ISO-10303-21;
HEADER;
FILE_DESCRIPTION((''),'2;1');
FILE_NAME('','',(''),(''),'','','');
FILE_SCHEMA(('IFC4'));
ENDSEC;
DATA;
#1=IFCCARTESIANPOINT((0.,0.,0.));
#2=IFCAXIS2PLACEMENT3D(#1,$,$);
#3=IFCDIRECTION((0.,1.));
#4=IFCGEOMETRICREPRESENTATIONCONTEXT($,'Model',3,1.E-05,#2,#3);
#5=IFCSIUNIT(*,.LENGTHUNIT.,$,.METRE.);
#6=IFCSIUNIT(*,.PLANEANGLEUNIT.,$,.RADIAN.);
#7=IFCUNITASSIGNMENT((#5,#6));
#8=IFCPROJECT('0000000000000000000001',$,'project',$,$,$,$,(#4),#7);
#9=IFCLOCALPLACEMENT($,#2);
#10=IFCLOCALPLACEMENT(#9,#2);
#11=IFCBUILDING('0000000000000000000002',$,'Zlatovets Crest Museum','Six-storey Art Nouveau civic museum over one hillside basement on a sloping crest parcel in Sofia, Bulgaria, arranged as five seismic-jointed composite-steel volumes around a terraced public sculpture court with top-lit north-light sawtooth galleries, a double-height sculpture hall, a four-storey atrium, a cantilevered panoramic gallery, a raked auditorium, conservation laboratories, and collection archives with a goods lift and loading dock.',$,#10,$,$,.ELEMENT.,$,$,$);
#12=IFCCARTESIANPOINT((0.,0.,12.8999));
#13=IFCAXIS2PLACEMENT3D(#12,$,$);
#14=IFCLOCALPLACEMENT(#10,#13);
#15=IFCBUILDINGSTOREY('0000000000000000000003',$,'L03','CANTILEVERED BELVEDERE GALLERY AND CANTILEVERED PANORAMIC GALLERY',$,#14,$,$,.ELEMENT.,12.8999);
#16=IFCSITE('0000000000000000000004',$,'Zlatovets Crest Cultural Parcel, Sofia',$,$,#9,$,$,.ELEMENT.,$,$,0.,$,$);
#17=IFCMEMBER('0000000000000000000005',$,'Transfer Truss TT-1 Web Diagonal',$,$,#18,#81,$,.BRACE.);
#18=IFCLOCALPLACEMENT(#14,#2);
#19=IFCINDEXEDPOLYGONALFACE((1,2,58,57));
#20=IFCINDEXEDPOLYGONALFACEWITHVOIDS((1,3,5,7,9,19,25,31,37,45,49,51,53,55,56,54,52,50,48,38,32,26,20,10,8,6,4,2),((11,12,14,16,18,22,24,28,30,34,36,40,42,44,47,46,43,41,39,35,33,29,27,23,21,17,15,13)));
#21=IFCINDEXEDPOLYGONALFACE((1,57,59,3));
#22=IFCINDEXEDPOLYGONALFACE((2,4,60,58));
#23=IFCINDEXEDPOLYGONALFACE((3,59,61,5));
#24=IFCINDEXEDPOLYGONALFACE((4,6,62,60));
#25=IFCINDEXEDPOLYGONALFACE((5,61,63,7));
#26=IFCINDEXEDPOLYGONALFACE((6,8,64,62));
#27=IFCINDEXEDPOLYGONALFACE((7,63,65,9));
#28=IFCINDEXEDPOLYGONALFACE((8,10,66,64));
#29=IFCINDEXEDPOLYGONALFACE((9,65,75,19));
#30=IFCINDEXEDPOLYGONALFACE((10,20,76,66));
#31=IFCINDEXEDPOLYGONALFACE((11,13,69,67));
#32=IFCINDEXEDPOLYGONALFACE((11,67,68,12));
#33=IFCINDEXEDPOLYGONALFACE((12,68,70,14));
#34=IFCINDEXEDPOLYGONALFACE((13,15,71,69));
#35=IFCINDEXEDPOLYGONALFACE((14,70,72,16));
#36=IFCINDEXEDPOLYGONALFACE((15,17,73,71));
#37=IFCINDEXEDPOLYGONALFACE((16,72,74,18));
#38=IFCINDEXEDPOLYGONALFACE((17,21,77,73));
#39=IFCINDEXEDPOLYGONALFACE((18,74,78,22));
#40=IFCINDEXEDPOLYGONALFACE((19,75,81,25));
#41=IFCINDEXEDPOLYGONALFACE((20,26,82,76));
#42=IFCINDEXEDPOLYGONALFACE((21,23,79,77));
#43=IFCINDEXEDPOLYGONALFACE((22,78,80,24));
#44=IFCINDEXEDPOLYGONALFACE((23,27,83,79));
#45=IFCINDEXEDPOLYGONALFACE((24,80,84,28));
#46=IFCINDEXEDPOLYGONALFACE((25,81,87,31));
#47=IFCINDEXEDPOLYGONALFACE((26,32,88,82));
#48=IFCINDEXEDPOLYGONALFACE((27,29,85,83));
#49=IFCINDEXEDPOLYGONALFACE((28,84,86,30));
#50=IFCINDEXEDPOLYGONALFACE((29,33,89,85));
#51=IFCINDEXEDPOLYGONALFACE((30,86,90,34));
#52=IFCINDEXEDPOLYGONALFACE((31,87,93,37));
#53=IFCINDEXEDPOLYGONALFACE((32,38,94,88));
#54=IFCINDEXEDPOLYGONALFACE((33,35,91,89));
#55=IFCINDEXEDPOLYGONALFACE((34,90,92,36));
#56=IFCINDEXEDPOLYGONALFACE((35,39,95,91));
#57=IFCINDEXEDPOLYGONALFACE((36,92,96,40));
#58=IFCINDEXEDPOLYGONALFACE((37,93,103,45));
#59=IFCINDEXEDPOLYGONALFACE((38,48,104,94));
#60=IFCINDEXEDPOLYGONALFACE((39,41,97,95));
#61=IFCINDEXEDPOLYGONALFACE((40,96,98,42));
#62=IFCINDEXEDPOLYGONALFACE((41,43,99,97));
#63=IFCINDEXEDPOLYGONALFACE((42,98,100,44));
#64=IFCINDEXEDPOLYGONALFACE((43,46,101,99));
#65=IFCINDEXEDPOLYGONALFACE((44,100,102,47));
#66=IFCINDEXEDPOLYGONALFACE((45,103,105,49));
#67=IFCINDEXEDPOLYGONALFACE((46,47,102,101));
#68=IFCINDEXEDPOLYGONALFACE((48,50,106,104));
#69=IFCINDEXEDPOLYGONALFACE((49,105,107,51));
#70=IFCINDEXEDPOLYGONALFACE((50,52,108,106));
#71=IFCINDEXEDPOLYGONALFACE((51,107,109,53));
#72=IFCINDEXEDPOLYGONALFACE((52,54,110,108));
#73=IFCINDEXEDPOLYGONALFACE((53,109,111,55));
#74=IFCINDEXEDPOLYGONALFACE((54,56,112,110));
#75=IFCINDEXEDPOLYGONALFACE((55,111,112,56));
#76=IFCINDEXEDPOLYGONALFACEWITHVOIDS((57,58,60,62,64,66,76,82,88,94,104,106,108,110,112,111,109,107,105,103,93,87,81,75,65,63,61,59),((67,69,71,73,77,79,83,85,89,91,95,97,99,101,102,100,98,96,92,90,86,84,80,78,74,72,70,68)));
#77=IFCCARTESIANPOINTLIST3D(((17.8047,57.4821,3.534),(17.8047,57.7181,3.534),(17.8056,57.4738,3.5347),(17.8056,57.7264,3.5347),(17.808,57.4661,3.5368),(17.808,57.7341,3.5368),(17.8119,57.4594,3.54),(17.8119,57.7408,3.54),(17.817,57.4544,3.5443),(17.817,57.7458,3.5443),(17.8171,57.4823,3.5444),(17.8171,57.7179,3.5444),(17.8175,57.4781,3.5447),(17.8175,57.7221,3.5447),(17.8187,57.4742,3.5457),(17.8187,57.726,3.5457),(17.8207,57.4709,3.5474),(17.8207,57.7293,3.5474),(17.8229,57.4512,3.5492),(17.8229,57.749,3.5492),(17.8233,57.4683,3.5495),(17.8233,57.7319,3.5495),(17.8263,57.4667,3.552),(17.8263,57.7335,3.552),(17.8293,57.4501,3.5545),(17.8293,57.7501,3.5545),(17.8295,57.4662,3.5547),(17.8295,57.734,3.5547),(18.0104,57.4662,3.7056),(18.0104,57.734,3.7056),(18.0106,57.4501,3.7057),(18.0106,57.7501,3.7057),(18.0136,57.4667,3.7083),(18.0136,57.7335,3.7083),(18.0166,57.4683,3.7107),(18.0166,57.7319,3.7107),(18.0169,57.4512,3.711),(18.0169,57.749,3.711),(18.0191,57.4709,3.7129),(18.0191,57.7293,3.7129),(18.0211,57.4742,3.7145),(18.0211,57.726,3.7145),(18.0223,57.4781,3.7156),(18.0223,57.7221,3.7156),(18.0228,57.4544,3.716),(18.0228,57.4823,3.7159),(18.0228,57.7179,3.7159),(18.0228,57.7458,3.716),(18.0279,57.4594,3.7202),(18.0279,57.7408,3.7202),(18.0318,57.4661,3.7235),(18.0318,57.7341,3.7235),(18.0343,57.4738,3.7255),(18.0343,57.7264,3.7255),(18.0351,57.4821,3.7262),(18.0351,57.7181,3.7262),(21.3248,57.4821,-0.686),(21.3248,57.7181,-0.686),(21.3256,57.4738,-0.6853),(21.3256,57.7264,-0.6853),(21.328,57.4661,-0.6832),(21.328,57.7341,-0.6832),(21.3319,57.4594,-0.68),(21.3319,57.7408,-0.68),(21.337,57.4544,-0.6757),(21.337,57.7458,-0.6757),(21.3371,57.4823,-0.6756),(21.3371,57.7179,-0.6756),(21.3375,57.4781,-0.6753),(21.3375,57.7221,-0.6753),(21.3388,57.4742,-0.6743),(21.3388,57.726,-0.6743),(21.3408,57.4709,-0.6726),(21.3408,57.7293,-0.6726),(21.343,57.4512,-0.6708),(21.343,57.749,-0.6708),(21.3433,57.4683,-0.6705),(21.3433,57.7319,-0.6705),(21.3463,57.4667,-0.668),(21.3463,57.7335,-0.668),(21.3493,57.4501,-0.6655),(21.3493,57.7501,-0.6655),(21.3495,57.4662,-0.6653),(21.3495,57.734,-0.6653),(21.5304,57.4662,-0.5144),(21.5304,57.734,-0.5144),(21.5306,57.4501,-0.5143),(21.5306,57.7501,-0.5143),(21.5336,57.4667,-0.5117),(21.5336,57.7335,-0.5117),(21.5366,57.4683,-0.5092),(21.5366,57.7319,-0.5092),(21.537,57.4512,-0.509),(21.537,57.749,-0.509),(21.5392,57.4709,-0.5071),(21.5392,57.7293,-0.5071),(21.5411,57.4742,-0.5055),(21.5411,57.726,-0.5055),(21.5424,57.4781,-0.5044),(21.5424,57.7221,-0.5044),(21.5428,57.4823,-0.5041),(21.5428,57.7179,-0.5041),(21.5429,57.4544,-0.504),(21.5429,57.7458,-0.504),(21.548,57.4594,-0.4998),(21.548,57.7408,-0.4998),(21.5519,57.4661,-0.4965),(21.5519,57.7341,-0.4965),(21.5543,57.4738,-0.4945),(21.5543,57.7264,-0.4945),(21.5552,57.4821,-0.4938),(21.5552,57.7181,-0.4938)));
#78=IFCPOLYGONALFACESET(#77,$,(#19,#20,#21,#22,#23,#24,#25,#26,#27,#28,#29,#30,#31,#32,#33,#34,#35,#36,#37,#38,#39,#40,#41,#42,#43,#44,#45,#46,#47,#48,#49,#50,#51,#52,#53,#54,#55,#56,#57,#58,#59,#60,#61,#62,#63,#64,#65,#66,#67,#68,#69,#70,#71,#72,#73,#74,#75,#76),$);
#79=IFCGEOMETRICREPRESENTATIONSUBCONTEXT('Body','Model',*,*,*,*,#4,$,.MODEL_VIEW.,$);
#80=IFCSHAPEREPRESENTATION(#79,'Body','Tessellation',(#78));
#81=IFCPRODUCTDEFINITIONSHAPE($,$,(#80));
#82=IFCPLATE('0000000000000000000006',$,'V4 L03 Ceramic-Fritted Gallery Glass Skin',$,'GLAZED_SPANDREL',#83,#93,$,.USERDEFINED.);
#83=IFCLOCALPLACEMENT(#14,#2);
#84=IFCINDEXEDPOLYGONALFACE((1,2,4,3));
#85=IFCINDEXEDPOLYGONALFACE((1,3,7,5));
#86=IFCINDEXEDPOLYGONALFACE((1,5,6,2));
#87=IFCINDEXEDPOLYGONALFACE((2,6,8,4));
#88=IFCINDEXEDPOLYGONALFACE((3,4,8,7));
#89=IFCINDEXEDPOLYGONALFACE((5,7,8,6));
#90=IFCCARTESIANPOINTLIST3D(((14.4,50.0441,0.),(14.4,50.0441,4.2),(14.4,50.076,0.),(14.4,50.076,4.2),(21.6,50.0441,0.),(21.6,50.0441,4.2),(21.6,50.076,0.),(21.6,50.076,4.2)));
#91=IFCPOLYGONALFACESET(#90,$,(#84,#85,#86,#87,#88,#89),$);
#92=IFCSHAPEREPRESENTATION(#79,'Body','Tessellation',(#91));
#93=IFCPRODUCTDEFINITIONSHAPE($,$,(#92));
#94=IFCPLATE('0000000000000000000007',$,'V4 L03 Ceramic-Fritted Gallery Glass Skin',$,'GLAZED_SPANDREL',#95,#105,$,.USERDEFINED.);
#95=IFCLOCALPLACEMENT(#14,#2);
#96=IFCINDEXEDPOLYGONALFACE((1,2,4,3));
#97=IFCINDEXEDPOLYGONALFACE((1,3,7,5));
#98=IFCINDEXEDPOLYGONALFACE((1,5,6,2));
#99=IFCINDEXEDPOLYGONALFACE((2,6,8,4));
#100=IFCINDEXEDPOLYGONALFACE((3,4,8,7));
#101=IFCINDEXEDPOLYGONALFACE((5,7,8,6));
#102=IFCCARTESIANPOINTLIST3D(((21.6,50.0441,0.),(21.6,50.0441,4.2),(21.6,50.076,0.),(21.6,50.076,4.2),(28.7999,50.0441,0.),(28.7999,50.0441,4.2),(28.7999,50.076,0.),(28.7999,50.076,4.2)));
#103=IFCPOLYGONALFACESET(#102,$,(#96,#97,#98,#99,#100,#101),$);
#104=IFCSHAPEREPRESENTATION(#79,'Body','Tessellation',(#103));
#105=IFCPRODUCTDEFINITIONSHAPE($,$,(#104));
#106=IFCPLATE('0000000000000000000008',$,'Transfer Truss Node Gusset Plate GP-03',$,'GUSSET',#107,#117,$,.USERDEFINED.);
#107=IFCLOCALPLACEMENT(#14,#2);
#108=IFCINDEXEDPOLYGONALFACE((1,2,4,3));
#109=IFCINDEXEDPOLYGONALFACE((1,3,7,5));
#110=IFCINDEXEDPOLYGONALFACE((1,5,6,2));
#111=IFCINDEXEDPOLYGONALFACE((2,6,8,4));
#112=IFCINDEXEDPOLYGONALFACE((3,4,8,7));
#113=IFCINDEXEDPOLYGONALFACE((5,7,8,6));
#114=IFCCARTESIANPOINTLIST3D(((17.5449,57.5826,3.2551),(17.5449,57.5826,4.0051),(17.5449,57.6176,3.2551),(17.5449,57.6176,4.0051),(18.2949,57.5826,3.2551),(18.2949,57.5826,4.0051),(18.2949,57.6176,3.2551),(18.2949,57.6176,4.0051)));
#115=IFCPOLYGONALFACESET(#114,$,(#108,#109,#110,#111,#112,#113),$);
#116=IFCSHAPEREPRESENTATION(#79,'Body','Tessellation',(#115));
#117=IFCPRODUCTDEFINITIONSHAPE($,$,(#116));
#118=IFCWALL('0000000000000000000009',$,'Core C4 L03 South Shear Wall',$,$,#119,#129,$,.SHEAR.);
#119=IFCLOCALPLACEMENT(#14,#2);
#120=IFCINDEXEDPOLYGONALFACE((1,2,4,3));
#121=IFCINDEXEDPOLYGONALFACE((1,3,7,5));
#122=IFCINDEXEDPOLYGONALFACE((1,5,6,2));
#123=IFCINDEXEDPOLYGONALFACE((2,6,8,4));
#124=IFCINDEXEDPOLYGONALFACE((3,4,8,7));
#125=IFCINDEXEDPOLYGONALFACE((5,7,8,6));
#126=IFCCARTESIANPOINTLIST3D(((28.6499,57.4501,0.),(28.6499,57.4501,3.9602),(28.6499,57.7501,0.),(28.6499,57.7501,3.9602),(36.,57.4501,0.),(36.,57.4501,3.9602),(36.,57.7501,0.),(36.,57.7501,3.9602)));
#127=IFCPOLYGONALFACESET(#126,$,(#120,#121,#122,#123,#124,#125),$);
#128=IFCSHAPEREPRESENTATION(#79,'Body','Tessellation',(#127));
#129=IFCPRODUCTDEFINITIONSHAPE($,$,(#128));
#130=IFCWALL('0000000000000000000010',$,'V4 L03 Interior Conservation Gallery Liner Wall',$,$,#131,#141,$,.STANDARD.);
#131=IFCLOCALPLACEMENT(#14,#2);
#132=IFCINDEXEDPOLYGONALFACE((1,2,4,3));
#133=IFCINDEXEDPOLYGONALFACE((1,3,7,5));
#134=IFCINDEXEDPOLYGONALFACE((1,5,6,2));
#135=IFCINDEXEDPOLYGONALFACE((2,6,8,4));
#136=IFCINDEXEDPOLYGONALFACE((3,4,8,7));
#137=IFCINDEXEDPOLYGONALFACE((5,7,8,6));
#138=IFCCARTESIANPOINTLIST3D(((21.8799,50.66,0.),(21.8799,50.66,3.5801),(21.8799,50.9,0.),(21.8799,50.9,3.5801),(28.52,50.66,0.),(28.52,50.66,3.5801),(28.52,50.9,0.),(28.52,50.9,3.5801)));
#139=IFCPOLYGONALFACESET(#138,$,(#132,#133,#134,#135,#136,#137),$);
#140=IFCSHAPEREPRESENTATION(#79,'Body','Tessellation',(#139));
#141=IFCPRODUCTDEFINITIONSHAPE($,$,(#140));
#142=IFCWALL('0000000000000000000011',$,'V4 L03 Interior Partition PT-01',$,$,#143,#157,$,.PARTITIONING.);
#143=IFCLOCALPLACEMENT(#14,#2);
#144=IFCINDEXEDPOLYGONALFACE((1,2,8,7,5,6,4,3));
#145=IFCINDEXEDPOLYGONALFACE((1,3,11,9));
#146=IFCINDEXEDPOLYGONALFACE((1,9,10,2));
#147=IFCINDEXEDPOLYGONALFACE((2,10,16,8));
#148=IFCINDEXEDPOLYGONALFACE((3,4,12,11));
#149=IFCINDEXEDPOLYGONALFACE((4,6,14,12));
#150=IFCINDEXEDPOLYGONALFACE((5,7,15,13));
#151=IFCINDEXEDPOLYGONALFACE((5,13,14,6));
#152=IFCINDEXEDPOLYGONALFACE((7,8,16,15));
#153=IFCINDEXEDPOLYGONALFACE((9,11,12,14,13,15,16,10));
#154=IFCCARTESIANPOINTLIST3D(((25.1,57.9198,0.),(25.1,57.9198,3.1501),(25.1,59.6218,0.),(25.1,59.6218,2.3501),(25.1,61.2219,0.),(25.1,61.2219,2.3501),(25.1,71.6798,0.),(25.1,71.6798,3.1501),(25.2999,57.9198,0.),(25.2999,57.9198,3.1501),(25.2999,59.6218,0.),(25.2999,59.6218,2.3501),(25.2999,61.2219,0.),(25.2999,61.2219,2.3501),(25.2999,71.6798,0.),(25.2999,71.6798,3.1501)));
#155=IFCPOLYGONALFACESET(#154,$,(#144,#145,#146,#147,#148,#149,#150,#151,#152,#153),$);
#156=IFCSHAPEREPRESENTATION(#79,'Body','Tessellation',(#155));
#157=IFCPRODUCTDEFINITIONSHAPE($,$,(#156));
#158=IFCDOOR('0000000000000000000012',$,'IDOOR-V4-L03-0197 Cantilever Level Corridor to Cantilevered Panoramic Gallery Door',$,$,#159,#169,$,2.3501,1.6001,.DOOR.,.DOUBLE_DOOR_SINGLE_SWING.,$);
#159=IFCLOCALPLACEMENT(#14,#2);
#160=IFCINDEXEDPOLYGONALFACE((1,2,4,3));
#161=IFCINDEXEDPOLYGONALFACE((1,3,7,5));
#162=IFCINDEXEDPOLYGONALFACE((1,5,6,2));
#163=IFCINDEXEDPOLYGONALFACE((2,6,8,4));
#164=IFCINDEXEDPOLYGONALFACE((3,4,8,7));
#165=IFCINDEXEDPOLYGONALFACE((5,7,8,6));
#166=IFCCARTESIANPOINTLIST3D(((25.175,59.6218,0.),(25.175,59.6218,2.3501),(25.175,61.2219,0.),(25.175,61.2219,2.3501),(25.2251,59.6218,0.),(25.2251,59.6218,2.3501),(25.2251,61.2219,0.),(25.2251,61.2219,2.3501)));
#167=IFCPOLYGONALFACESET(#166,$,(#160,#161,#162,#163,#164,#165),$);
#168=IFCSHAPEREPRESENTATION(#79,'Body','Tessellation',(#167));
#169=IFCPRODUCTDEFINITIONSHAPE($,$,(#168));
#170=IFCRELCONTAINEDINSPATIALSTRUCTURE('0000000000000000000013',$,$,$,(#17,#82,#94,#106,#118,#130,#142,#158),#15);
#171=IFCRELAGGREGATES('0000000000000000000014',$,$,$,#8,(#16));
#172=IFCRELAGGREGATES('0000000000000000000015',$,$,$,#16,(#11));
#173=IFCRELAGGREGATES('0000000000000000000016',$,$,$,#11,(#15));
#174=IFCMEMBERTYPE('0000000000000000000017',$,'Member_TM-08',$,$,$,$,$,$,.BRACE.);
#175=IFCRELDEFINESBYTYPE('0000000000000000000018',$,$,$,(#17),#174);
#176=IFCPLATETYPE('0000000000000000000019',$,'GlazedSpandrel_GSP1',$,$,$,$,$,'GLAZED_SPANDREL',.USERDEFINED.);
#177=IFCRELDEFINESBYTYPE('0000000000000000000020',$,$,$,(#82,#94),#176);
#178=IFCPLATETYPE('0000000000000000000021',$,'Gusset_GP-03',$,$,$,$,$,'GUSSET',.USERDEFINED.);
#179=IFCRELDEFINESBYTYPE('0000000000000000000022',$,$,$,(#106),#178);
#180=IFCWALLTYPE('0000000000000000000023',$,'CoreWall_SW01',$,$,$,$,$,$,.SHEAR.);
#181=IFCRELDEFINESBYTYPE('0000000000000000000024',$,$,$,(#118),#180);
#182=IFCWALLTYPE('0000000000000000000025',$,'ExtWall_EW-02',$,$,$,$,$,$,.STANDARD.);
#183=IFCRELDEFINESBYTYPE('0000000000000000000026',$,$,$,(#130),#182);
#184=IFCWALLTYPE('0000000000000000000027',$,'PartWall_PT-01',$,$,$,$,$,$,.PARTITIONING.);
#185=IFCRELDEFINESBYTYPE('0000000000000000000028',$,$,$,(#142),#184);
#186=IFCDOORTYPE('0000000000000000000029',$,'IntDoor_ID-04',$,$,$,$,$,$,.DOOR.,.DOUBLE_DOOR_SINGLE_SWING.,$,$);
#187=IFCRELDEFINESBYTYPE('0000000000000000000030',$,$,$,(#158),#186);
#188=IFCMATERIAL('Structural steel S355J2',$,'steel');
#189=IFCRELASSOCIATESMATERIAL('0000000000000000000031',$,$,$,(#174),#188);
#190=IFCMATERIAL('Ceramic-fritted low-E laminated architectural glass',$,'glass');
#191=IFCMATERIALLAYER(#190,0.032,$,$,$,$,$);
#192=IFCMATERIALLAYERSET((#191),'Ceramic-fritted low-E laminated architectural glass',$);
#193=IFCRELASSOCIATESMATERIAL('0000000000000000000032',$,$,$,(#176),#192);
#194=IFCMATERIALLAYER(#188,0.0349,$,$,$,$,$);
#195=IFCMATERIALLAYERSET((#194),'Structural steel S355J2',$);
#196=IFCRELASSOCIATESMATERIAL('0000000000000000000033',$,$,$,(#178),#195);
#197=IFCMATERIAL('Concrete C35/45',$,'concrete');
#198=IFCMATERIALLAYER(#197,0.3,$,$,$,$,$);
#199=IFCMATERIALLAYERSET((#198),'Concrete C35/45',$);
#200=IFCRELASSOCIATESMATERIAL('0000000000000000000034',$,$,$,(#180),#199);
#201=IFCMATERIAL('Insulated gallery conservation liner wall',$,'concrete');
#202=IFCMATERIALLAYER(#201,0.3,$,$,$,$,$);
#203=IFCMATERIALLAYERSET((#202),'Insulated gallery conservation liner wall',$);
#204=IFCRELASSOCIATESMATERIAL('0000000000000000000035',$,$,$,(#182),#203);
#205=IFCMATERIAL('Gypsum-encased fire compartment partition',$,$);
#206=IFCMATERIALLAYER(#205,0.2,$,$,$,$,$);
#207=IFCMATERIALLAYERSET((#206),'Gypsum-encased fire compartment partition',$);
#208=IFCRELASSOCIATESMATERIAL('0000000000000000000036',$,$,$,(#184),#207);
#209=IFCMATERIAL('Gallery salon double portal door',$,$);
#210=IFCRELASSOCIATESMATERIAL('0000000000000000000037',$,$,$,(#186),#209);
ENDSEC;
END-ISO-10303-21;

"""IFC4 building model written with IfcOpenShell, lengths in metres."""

from ifc_helpers import new_model, si_unit, direction, frame, frame_2d, origin, origin_2d, place, context, subcontext, project, spatial, rectangle, hollow_rectangle, extrude, material, layer, layer_set, material_profile, profile_set, type_object, element, fill, save


model = new_model("IFC4")

# Units and contexts
model_context = context("Model", 3, precision=1e-05, world=origin(), true_north=direction((0.0, 1.0)))
body_context = subcontext(model_context, "Body", "Model", "MODEL_VIEW")
ifc_project = project(units=[si_unit("LENGTHUNIT", "METRE"), si_unit("PLANEANGLEUNIT", "RADIAN")], contexts=[model_context])

# Site, building, storey
site_placement = place(None, origin())
site = spatial("IfcSite", under=ifc_project, at=site_placement, Name="Zlatovets Crest Cultural Parcel, Sofia", CompositionType="ELEMENT", RefElevation=0.0)
building_placement = place(site_placement, origin())
building = spatial("IfcBuilding", under=site, at=building_placement, Name="Zlatovets Crest Museum", Description="Six-storey Art Nouveau civic museum over one hillside basement on a sloping crest parcel in Sofia, Bulgaria, arranged as five seismic-jointed composite-steel volumes around a terraced public sculpture court with top-lit north-light sawtooth galleries, a double-height sculpture hall, a four-storey atrium, a cantilevered panoramic gallery, a raked auditorium, conservation laboratories, and collection archives with a goods lift and loading dock.", CompositionType="ELEMENT")
storey_placement = place(building_placement, frame((0.0, 0.0, 12.8999)))
storey = spatial("IfcBuildingStorey", under=building, at=storey_placement, Name="L03", Description="CANTILEVERED BELVEDERE GALLERY AND CANTILEVERED PANORAMIC GALLERY", CompositionType="ELEMENT", Elevation=12.8999)

# Shared definitions
ifc_material_1 = material(Name="Structural steel S355J2", Category="steel")

# Member
ifc_material_profile_1 = material_profile(ifc_material_1, hollow_rectangle(XDim=0.3, YDim=0.3, WallThickness=0.0161, InnerFilletRadius=0.0161, OuterFilletRadius=0.032, at=origin_2d()), Name="SHS 300x300x16.0")
ifc_profile_set_1 = profile_set([ifc_material_profile_1], Name="Structural steel S355J2")
member_type = type_object("IfcMemberType", Name="Member_TM-08", PredefinedType="BRACE", material=ifc_profile_set_1)
member_placement = place(storey_placement, frame((17.9199, 57.6001, 3.6301), z_axis=(0.640547, 0.0, -0.767919), x_axis=(0.0, 1.0, 0.0)))
element("IfcMember", 1, at=member_placement, inside=storey, type_object=member_type, Name="Transfer Truss TT-1 Web Diagonal", PredefinedType="BRACE", context=body_context, shape_type="SweptSolid", body=[
    extrude(hollow_rectangle(XDim=0.3, YDim=0.3, WallThickness=0.0161, InnerFilletRadius=0.0161, OuterFilletRadius=0.032, at=origin_2d()), origin(), (0.0, 0.0, 1.0), 5.4954),
])

# Plates
ifc_material_2 = material(Name="Ceramic-fritted low-E laminated architectural glass", Category="glass")
ifc_layer_1 = layer(ifc_material_2, 0.032)
ifc_layer_set_1 = layer_set([ifc_layer_1], Name="Ceramic-fritted low-E laminated architectural glass")
plate_type_1 = type_object("IfcPlateType", Name="GlazedSpandrel_GSP1", ElementType="GLAZED_SPANDREL", PredefinedType="USERDEFINED", material=ifc_layer_set_1)
for number, where, z_axis, x_axis, name in (
    (2, (18.0, 50.0601, 0.0), (0.0, 0.0, 1.0), (1.0, 0.0, 0.0), "V4 L03 Ceramic-Fritted Gallery Glass Skin"),
    (3, (25.2, 50.0601, 0.0), (0.0, 0.0, 1.0), (1.0, 0.0, 0.0), "V4 L03 Ceramic-Fritted Gallery Glass Skin"),
):
    element("IfcPlate", number, at=place(storey_placement, frame(where, z_axis=z_axis, x_axis=x_axis)), inside=storey, type_object=plate_type_1, Name=name, ObjectType="GLAZED_SPANDREL", PredefinedType="USERDEFINED", context=body_context, shape_type="SweptSolid", body=[
        extrude(rectangle(XDim=7.2, YDim=0.032, at=origin_2d()), origin(), (0.0, 0.0, 1.0), 4.2),
    ])
ifc_layer_2 = layer(ifc_material_1, 0.0349)
ifc_layer_set_2 = layer_set([ifc_layer_2], Name="Structural steel S355J2")
plate_type_2 = type_object("IfcPlateType", Name="Gusset_GP-03", ElementType="GUSSET", PredefinedType="USERDEFINED", material=ifc_layer_set_2)
plate_placement = place(storey_placement, frame((17.9199, 57.6001, 3.2551), z_axis=(0.0, 0.0, 1.0), x_axis=(1.0, 0.0, 0.0)))
element("IfcPlate", 4, at=plate_placement, inside=storey, type_object=plate_type_2, Name="Transfer Truss Node Gusset Plate GP-03", ObjectType="GUSSET", PredefinedType="USERDEFINED", context=body_context, shape_type="SweptSolid", body=[
    extrude(rectangle(XDim=0.75, YDim=0.0349, at=origin_2d()), origin(), (0.0, 0.0, 1.0), 0.75),
])

# Walls
ifc_material_3 = material(Name="Concrete C35/45", Category="concrete")
ifc_layer_3 = layer(ifc_material_3, 0.3)
ifc_layer_set_3 = layer_set([ifc_layer_3], Name="Concrete C35/45")
wall_type_1 = type_object("IfcWallType", Name="CoreWall_SW01", PredefinedType="SHEAR", material=ifc_layer_set_3)
wall_1_placement = place(storey_placement, frame((28.6499, 57.6001, 0.0), z_axis=(0.0, 0.0, 1.0), x_axis=(1.0, 0.0, 0.0)))
element("IfcWall", 5, at=wall_1_placement, inside=storey, type_object=wall_type_1, Name="Core C4 L03 South Shear Wall", PredefinedType="SHEAR", context=body_context, shape_type="SweptSolid", body=[
    extrude(rectangle(XDim=7.3501, YDim=0.3, at=frame_2d((3.675, 0.0))), origin(), (0.0, 0.0, 1.0), 3.9602),
])
ifc_material_4 = material(Name="Insulated gallery conservation liner wall", Category="concrete")
ifc_layer_4 = layer(ifc_material_4, 0.3)
ifc_layer_set_4 = layer_set([ifc_layer_4], Name="Insulated gallery conservation liner wall")
wall_type_2 = type_object("IfcWallType", Name="ExtWall_EW-02", PredefinedType="STANDARD", material=ifc_layer_set_4)
wall_2_placement = place(storey_placement, frame((21.8799, 50.78, 0.0), z_axis=(0.0, 0.0, 1.0), x_axis=(1.0, 0.0, 0.0)))
element("IfcWall", 6, at=wall_2_placement, inside=storey, type_object=wall_type_2, Name="V4 L03 Interior Conservation Gallery Liner Wall", PredefinedType="STANDARD", context=body_context, shape_type="SweptSolid", body=[
    extrude(rectangle(XDim=6.6401, YDim=0.24, at=frame_2d((3.3201, 0.0))), origin(), (0.0, 0.0, 1.0), 3.5801),
])

# Wall, opening, door
ifc_material_5 = material(Name="Gypsum-encased fire compartment partition")
ifc_layer_5 = layer(ifc_material_5, 0.2)
ifc_layer_set_5 = layer_set([ifc_layer_5], Name="Gypsum-encased fire compartment partition")
wall_type_3 = type_object("IfcWallType", Name="PartWall_PT-01", PredefinedType="PARTITIONING", material=ifc_layer_set_5)
wall_3_placement = place(storey_placement, frame((25.2, 57.9199, 0.0), z_axis=(0.0, 0.0, 1.0), x_axis=(0.0, 1.0, 0.0)))
wall_3 = element("IfcWall", 7, at=wall_3_placement, inside=storey, type_object=wall_type_3, Name="V4 L03 Interior Partition PT-01", PredefinedType="PARTITIONING", context=body_context, shape_type="SweptSolid", body=[
    extrude(rectangle(XDim=13.76, YDim=0.2, at=frame_2d((6.8799, 0.0))), origin(), (0.0, 0.0, 1.0), 3.1501),
])
opening_1_placement = place(wall_3_placement, frame((1.7019, 0.0, 0.0)))
opening_1 = element("IfcOpeningElement", 8, at=opening_1_placement, cuts=wall_3, PredefinedType="OPENING", context=body_context, shape_type="SweptSolid", body=[
    extrude(rectangle(XDim=1.6001, YDim=2.3501, at=frame_2d((0.8, 1.175))), frame((0.0, 0.1099, 0.0), z_axis=(0.0, -1.0, 0.0), x_axis=(1.0, 0.0, 0.0)), (0.0, 0.0, 1.0), 0.22),
])
ifc_material_6 = material(Name="Gallery salon double portal door")
door_type = type_object("IfcDoorType", Name="IntDoor_ID-04", OperationType="DOUBLE_DOOR_SINGLE_SWING", PredefinedType="DOOR", material=ifc_material_6)
door_1_placement = place(opening_1_placement, origin())
door_1 = element("IfcDoor", 9, at=door_1_placement, inside=storey, type_object=door_type, Name="IDOOR-V4-L03-0197 Cantilever Level Corridor to Cantilevered Panoramic Gallery Door", OperationType="DOUBLE_DOOR_SINGLE_SWING", OverallHeight=2.3501, OverallWidth=1.6001, PredefinedType="DOOR", context=body_context, shape_type="SweptSolid", body=[
    extrude(rectangle(XDim=1.6001, YDim=2.3501, at=frame_2d((0.8, 1.175))), frame((0.0, 0.0249, 0.0), z_axis=(0.0, -1.0, 0.0), x_axis=(1.0, 0.0, 0.0)), (0.0, 0.0, 1.0), 0.05),
])
fill(opening_1, door_1)

save(model, "model.ifc")
